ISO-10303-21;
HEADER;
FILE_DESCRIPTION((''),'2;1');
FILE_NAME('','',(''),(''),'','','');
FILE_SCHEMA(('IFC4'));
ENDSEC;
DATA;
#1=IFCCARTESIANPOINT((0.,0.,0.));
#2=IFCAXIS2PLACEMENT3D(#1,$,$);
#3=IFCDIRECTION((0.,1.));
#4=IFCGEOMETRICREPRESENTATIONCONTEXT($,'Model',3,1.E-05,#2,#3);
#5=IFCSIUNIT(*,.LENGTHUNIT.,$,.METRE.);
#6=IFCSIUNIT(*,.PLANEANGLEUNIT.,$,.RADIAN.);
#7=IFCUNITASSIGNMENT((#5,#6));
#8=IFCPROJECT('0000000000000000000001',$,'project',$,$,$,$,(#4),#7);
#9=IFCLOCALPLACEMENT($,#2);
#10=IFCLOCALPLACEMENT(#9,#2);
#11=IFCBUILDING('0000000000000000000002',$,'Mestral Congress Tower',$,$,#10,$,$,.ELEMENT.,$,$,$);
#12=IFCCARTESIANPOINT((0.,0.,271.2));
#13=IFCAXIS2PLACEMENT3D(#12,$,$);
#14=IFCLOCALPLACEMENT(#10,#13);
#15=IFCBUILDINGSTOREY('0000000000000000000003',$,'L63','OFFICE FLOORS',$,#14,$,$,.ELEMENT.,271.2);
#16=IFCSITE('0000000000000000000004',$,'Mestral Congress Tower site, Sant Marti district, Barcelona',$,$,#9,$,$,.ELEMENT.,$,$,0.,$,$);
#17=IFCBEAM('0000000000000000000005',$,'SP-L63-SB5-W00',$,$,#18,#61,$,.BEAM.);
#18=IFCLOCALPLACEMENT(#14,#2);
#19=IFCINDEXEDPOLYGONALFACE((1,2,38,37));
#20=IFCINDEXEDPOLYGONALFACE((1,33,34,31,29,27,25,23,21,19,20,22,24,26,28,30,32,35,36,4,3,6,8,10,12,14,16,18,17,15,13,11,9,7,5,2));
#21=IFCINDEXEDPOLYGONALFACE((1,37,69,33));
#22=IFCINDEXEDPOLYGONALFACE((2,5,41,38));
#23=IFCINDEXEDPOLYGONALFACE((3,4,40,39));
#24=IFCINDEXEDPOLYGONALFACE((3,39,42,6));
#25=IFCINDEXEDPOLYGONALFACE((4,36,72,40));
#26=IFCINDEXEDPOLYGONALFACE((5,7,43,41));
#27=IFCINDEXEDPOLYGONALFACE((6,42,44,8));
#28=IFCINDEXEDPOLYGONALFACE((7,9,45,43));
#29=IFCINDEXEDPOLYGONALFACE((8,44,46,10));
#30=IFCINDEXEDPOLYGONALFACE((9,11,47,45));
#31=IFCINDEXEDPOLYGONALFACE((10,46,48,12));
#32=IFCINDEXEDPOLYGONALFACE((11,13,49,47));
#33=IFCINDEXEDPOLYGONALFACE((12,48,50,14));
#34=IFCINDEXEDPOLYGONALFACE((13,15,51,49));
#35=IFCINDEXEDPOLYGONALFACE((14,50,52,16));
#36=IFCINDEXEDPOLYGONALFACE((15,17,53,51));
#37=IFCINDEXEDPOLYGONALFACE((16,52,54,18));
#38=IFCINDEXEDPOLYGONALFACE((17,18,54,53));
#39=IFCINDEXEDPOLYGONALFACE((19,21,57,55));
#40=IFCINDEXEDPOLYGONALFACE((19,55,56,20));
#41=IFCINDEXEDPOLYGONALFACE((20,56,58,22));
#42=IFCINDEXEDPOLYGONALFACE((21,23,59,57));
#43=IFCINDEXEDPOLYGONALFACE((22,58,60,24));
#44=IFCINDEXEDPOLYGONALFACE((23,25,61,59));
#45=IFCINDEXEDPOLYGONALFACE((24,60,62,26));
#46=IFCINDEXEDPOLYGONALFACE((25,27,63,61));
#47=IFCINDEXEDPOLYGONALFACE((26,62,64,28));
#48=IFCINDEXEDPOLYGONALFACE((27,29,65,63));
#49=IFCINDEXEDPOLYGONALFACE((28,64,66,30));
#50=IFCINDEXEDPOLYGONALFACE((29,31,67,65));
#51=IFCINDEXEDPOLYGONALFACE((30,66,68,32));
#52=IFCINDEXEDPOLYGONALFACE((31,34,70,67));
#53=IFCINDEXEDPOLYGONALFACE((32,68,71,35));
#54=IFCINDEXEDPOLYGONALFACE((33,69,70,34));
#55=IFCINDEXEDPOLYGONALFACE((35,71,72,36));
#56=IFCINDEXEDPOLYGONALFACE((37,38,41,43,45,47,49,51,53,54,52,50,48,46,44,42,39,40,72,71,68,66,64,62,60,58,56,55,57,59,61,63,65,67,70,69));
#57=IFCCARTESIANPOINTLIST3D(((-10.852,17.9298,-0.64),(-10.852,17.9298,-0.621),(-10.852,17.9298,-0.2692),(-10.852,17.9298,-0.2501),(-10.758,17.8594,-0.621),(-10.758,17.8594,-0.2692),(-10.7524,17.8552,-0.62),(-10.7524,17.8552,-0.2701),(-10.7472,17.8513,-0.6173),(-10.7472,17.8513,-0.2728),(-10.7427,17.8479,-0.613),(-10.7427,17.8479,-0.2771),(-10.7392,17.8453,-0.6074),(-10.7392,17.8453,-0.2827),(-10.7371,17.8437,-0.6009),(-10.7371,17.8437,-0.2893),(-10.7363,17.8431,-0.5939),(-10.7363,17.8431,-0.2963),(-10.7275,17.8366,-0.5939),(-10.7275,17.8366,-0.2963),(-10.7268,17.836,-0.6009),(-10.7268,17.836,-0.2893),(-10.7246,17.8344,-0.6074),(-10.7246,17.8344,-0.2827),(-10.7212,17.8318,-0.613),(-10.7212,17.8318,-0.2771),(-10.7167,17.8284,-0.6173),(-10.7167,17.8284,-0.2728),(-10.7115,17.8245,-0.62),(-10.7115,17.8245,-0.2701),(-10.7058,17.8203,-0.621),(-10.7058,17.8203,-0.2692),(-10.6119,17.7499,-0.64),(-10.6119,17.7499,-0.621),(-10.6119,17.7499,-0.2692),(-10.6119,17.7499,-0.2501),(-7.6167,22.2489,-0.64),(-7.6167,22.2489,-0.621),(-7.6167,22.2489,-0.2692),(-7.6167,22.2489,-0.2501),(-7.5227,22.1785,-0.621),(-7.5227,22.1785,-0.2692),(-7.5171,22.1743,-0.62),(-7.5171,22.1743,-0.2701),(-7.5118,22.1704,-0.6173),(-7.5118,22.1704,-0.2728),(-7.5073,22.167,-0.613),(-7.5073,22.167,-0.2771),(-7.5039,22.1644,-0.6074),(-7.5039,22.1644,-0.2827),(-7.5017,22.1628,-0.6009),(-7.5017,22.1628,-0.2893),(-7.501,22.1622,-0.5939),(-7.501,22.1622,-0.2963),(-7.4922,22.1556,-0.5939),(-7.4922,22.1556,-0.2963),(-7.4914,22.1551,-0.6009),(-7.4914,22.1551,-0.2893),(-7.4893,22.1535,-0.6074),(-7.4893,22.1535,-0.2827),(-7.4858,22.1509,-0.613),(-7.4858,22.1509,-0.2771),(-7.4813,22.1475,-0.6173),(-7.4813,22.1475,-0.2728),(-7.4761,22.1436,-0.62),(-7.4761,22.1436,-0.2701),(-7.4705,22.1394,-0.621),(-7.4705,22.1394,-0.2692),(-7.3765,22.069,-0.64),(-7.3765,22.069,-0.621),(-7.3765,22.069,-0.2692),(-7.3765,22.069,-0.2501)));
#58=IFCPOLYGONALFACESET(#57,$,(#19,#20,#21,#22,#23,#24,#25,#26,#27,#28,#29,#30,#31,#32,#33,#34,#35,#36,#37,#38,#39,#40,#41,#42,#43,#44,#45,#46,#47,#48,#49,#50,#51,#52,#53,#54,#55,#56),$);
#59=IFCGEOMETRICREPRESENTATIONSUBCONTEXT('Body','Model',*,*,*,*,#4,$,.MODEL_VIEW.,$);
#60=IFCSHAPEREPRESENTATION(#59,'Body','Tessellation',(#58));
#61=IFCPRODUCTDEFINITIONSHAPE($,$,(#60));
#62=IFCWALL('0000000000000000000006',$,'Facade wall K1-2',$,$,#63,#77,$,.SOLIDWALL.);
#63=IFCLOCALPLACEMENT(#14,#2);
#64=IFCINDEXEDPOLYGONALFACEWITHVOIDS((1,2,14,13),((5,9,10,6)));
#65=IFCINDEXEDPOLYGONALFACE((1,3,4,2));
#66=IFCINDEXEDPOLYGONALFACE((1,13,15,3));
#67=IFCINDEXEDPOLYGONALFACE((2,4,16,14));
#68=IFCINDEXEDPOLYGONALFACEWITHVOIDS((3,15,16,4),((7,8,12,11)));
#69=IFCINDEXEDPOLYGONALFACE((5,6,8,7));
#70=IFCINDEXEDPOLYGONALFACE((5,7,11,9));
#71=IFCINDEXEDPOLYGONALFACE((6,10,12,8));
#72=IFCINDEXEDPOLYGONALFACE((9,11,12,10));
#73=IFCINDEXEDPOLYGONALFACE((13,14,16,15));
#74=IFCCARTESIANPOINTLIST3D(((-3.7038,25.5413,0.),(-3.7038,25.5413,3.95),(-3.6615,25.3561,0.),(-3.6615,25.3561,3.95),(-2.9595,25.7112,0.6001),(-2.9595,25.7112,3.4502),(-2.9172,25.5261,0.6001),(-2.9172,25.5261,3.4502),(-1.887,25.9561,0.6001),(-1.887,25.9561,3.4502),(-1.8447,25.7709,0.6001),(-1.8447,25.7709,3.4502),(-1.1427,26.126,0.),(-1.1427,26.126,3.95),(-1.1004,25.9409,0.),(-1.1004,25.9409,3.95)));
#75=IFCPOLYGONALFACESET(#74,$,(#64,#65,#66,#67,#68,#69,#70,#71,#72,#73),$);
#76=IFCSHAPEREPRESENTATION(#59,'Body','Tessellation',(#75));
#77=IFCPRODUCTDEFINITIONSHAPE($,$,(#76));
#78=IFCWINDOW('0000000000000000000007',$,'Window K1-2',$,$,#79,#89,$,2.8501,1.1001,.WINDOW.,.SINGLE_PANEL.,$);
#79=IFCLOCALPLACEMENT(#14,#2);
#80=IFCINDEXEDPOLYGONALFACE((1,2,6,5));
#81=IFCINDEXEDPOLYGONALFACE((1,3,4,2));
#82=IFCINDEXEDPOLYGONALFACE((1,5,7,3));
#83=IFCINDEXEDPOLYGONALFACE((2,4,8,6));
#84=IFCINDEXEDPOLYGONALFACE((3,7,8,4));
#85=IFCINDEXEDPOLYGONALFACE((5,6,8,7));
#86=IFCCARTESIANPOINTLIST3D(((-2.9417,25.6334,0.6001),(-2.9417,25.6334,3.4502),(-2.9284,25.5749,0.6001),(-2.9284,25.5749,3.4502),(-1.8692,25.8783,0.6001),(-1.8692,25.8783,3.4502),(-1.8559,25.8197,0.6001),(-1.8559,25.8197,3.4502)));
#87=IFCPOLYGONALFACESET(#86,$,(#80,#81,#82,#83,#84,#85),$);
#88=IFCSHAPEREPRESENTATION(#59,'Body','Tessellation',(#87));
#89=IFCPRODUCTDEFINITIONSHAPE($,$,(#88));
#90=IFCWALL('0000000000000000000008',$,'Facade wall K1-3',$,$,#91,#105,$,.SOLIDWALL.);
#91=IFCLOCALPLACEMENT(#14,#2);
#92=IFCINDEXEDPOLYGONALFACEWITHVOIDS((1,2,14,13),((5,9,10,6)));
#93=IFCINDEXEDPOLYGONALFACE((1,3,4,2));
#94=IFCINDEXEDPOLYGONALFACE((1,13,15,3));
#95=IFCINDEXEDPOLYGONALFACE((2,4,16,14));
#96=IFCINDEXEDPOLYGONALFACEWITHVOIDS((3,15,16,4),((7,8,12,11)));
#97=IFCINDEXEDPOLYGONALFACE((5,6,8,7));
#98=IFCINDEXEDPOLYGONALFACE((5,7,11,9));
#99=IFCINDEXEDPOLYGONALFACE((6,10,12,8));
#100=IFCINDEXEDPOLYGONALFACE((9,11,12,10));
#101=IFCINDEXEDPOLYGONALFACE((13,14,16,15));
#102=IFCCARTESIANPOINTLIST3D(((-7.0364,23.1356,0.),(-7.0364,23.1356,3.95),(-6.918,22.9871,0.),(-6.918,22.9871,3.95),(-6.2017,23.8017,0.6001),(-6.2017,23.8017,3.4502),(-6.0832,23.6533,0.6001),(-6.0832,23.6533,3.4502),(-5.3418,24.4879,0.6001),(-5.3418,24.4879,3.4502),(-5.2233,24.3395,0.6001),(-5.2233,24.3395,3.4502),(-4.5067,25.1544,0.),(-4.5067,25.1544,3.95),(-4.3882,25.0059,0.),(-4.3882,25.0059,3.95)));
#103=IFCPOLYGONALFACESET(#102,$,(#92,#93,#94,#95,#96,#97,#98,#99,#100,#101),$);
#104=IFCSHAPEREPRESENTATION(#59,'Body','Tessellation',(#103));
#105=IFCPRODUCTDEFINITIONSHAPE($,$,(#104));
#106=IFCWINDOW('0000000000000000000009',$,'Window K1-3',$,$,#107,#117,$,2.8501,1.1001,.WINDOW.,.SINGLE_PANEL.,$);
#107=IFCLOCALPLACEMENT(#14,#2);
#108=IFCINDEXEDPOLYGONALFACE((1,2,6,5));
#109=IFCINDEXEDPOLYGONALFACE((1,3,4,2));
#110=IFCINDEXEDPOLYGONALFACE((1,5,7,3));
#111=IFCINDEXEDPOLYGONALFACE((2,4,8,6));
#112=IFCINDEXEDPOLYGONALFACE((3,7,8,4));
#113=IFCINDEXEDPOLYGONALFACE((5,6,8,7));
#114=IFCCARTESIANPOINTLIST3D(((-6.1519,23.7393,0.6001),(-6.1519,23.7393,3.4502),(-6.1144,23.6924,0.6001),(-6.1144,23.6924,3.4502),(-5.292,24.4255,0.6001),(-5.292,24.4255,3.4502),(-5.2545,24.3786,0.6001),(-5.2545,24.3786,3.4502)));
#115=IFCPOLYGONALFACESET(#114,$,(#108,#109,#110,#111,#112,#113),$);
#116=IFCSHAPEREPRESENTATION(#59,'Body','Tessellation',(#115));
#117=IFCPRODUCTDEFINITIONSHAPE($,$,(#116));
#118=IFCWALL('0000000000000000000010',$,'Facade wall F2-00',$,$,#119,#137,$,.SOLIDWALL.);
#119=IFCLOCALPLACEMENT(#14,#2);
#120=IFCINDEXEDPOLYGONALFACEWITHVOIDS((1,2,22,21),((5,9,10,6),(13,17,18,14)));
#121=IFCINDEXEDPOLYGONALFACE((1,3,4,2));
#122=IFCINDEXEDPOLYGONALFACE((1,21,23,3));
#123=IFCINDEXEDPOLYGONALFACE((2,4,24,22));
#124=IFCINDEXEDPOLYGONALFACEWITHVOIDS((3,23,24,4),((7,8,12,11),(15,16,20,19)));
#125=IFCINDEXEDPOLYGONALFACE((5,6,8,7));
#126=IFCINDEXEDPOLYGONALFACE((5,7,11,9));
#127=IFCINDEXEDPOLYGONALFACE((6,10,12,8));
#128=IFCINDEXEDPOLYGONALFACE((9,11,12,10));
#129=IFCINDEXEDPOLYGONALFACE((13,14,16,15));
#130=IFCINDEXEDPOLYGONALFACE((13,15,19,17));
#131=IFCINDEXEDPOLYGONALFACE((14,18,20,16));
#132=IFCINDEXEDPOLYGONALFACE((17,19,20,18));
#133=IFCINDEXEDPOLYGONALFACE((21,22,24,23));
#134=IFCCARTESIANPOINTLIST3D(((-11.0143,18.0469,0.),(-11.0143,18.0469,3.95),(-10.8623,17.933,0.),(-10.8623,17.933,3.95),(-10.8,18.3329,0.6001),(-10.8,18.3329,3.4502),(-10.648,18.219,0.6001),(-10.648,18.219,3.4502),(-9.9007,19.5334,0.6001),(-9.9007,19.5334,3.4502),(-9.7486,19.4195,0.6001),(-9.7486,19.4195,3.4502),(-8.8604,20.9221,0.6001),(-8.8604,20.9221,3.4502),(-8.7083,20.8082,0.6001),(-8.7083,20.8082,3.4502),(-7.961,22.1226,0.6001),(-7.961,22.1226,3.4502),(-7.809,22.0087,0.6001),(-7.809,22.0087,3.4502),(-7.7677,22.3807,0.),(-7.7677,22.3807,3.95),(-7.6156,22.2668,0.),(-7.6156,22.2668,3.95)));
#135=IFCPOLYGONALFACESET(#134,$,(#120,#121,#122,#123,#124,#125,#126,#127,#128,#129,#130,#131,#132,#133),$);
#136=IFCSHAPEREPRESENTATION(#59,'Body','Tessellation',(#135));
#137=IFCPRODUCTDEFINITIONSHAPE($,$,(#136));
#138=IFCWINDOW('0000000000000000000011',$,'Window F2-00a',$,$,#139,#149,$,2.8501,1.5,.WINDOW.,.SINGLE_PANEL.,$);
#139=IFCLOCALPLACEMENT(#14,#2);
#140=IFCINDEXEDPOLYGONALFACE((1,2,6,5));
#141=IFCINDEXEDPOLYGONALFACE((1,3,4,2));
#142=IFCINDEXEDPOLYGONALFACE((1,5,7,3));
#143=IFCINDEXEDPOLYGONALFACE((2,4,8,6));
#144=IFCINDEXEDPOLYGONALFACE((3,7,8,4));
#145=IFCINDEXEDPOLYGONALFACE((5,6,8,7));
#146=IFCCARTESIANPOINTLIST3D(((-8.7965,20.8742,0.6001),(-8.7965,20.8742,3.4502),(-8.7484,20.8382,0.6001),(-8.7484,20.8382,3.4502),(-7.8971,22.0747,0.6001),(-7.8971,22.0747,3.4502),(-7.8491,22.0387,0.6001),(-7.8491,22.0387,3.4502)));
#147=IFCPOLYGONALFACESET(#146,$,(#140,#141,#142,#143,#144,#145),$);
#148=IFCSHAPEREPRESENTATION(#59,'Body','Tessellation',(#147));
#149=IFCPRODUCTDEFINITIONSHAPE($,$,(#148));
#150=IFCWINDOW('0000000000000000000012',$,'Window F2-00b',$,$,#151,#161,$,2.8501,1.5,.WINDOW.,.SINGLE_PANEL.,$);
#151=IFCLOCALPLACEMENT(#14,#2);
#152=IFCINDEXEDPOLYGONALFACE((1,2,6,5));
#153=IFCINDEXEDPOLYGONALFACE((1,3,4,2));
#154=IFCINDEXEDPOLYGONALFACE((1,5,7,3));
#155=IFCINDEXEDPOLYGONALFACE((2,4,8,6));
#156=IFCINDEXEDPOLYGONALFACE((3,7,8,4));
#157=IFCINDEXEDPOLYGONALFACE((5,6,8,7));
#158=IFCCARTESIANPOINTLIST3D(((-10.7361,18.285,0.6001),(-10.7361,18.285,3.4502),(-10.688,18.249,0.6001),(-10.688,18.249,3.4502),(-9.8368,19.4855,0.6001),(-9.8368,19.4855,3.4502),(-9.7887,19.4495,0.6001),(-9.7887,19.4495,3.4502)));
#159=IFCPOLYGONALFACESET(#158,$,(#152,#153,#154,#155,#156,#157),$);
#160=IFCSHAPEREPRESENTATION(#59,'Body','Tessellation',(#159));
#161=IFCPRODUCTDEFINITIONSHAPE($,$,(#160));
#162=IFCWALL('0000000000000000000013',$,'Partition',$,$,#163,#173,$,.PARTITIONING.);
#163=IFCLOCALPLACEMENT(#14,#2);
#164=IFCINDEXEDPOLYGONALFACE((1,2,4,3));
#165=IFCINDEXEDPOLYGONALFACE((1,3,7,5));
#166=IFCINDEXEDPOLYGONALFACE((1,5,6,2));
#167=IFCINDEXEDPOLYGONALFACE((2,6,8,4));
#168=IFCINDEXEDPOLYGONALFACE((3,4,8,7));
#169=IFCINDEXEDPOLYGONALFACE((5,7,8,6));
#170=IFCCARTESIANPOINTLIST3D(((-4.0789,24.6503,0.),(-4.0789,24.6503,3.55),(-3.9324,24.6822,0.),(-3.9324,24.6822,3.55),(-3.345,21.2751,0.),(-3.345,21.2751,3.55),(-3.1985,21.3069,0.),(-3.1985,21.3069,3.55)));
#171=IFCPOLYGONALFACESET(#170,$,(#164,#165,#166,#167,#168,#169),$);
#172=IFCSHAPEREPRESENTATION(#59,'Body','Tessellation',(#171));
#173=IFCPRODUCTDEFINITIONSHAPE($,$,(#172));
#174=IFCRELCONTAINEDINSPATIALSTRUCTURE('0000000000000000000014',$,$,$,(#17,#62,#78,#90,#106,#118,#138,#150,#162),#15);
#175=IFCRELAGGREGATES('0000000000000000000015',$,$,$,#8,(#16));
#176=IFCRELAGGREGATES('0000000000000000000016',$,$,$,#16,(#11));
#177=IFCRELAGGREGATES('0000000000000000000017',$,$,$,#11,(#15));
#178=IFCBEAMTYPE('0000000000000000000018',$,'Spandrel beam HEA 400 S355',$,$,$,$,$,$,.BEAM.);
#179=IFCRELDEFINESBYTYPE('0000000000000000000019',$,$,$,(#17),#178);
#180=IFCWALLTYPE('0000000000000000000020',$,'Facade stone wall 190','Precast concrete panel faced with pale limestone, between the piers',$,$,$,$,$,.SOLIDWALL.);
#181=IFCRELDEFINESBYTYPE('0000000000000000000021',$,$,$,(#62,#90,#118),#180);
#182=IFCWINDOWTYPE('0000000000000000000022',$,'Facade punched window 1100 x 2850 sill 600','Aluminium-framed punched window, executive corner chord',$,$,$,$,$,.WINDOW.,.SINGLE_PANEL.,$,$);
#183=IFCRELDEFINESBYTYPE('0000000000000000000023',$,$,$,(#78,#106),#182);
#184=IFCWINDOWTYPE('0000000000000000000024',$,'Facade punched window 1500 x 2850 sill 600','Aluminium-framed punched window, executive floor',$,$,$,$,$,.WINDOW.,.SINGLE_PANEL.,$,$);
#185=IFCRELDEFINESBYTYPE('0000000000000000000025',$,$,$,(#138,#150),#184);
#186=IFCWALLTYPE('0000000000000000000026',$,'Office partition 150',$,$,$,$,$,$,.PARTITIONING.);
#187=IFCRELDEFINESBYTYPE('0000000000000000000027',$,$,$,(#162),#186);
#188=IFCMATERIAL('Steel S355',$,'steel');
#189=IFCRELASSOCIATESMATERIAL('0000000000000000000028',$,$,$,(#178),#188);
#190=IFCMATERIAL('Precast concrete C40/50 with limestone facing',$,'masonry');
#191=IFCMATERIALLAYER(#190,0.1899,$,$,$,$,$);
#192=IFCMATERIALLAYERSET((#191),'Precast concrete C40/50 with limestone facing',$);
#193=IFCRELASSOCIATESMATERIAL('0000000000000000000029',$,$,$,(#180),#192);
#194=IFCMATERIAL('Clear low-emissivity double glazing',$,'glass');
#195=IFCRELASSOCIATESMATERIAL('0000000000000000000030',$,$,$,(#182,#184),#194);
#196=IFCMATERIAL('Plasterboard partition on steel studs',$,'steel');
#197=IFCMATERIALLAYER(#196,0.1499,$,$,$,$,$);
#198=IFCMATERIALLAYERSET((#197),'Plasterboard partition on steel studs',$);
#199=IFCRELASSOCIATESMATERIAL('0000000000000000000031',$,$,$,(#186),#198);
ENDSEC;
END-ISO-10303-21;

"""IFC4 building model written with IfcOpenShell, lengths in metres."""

from ifc_helpers import new_model, si_unit, direction, frame, frame_2d, origin, origin_2d, place, context, subcontext, project, spatial, rectangle, i_section, extrude, material, layer, layer_set, material_profile, profile_set, type_object, element, fill, save


model = new_model("IFC4")

# Units and contexts
model_context = context("Model", 3, precision=1e-05, world=origin(), true_north=direction((0.0, 1.0)))
body_context = subcontext(model_context, "Body", "Model", "MODEL_VIEW")
ifc_project = project(units=[si_unit("LENGTHUNIT", "METRE"), si_unit("PLANEANGLEUNIT", "RADIAN")], contexts=[model_context])

# Site, building, storey
site_placement = place(None, origin())
site = spatial("IfcSite", under=ifc_project, at=site_placement, Name="Mestral Congress Tower site, Sant Marti district, Barcelona", CompositionType="ELEMENT", RefElevation=0.0)
building_placement = place(site_placement, origin())
building = spatial("IfcBuilding", under=site, at=building_placement, Name="Mestral Congress Tower", CompositionType="ELEMENT")
storey_placement = place(building_placement, frame((0.0, 0.0, 271.2)))
storey = spatial("IfcBuildingStorey", under=building, at=storey_placement, Name="L63", Description="OFFICE FLOORS", CompositionType="ELEMENT", Elevation=271.2)

# Beam
ifc_material_1 = material(Name="Steel S355", Category="steel")
ifc_material_profile_1 = material_profile(ifc_material_1, i_section(OverallWidth=0.3, OverallDepth=0.3899, WebThickness=0.011, FlangeThickness=0.019, FilletRadius=0.0271, at=origin_2d()), Name="HEA 400")
ifc_profile_set_1 = profile_set([ifc_material_profile_1], Name="Steel S355")
beam_type_1 = type_object("IfcBeamType", Name="Spandrel beam HEA 400 S355", PredefinedType="BEAM", material=ifc_profile_set_1)
beam_1_placement = place(storey_placement, frame((-7.4966, 22.1589, -0.4451), z_axis=(-0.599529, -0.800353, 0.0), x_axis=(0.800353, -0.599529, 0.0)))
element("IfcBeam", 1, at=beam_1_placement, inside=storey, type_object=beam_type_1, Name="SP-L63-SB5-W00", PredefinedType="BEAM", context=body_context, shape_type="SweptSolid", body=[
    extrude(i_section(OverallWidth=0.3, OverallDepth=0.3899, WebThickness=0.011, FlangeThickness=0.019, FilletRadius=0.0271, at=origin_2d()), origin(), (0.0, 0.0, 1.0), 5.3965),
])

# Walls, openings, windows
ifc_material_2 = material(Name="Precast concrete C40/50 with limestone facing", Category="masonry")
ifc_layer_1 = layer(ifc_material_2, 0.1899)
ifc_layer_set_1 = layer_set([ifc_layer_1], Name="Precast concrete C40/50 with limestone facing")
wall_type_1 = type_object("IfcWallType", Name="Facade stone wall 190", Description="Precast concrete panel faced with pale limestone, between the piers", PredefinedType="SOLIDWALL", material=ifc_layer_set_1)
wall_1_placement = place(storey_placement, frame((-1.1216, 26.0334, 0.0), z_axis=(0.0, 0.0, 1.0), x_axis=(-0.974913, -0.222585, 0.0)))
wall_1 = element("IfcWall", 2, at=wall_1_placement, inside=storey, type_object=wall_type_1, Name="Facade wall K1-2", PredefinedType="SOLIDWALL", context=body_context, shape_type="SweptSolid", body=[
    extrude(rectangle(XDim=2.627, YDim=0.1899, at=frame_2d((1.3135, 0.0))), origin(), (0.0, 0.0, 1.0), 3.95),
])
opening_1_placement = place(wall_1_placement, frame((0.7634, 0.0, 0.6001)))
opening_1 = element("IfcOpeningElement", 3, at=opening_1_placement, cuts=wall_1, PredefinedType="OPENING", context=body_context, shape_type="SweptSolid", body=[
    extrude(rectangle(XDim=1.1001, YDim=2.8501, at=frame_2d((0.55, 1.425))), frame((0.0, 0.105, 0.0), z_axis=(0.0, -1.0, 0.0), x_axis=(1.0, 0.0, 0.0)), (0.0, 0.0, 1.0), 0.21),
])
ifc_material_3 = material(Name="Clear low-emissivity double glazing", Category="glass")
window_type_1 = type_object("IfcWindowType", Name="Facade punched window 1100 x 2850 sill 600", Description="Aluminium-framed punched window, executive corner chord", PartitioningType="SINGLE_PANEL", PredefinedType="WINDOW", material=ifc_material_3)
window_1_placement = place(opening_1_placement, origin())
window_1 = element("IfcWindow", 4, at=window_1_placement, inside=storey, type_object=window_type_1, Name="Window K1-2", OverallHeight=2.8501, OverallWidth=1.1001, PartitioningType="SINGLE_PANEL", PredefinedType="WINDOW", context=body_context, shape_type="SweptSolid", body=[
    extrude(rectangle(XDim=1.1001, YDim=2.8501, at=frame_2d((0.55, 1.425))), frame((0.0, 0.0449, 0.0), z_axis=(0.0, -1.0, 0.0), x_axis=(1.0, 0.0, 0.0)), (0.0, 0.0, 1.0), 0.0601),
])
fill(opening_1, window_1)
wall_2_placement = place(storey_placement, frame((-4.4475, 25.0801, 0.0), z_axis=(0.0, 0.0, 1.0), x_axis=(-0.781626, -0.623747, 0.0)))
wall_2 = element("IfcWall", 5, at=wall_2_placement, inside=storey, type_object=wall_type_1, Name="Facade wall K1-3", PredefinedType="SOLIDWALL", context=body_context, shape_type="SweptSolid", body=[
    extrude(rectangle(XDim=3.2366, YDim=0.1899, at=frame_2d((1.6182, 0.0))), origin(), (0.0, 0.0, 1.0), 3.95),
])
opening_2_placement = place(wall_2_placement, frame((1.0684, 0.0, 0.6001)))
opening_2 = element("IfcOpeningElement", 6, at=opening_2_placement, cuts=wall_2, PredefinedType="OPENING", context=body_context, shape_type="SweptSolid", body=[
    extrude(rectangle(XDim=1.1001, YDim=2.8501, at=frame_2d((0.55, 1.425))), frame((0.0, 0.105, 0.0), z_axis=(0.0, -1.0, 0.0), x_axis=(1.0, 0.0, 0.0)), (0.0, 0.0, 1.0), 0.21),
])
window_2_placement = place(opening_2_placement, origin())
window_2 = element("IfcWindow", 7, at=window_2_placement, inside=storey, type_object=window_type_1, Name="Window K1-3", OverallHeight=2.8501, OverallWidth=1.1001, PartitioningType="SINGLE_PANEL", PredefinedType="WINDOW", context=body_context, shape_type="SweptSolid", body=[
    extrude(rectangle(XDim=1.1001, YDim=2.8501, at=frame_2d((0.55, 1.425))), frame((0.0, 0.0449, 0.0), z_axis=(0.0, -1.0, 0.0), x_axis=(1.0, 0.0, 0.0)), (0.0, 0.0, 1.0), 0.0601),
])
fill(opening_2, window_2)

# Wall, openings, windows
wall_3_placement = place(storey_placement, frame((-7.6917, 22.3237, 0.0), z_axis=(0.0, 0.0, 1.0), x_axis=(-0.59956, -0.80033, 0.0)))
wall_3 = element("IfcWall", 8, at=wall_3_placement, inside=storey, type_object=wall_type_1, Name="Facade wall F2-00", PredefinedType="SOLIDWALL", context=body_context, shape_type="SweptSolid", body=[
    extrude(rectangle(XDim=5.415, YDim=0.1899, at=frame_2d((2.7075, 0.0))), origin(), (0.0, 0.0, 1.0), 3.95),
])
opening_3_placement = place(wall_3_placement, frame((0.3225, 0.0, 0.6001)))
opening_3 = element("IfcOpeningElement", 9, at=opening_3_placement, cuts=wall_3, PredefinedType="OPENING", context=body_context, shape_type="SweptSolid", body=[
    extrude(rectangle(XDim=1.5, YDim=2.8501, at=frame_2d((0.75, 1.425))), frame((0.0, 0.105, 0.0), z_axis=(0.0, -1.0, 0.0), x_axis=(1.0, 0.0, 0.0)), (0.0, 0.0, 1.0), 0.21),
])
opening_4_placement = place(wall_3_placement, frame((3.5576, 0.0, 0.6001)))
opening_4 = element("IfcOpeningElement", 10, at=opening_4_placement, cuts=wall_3, PredefinedType="OPENING", context=body_context, shape_type="SweptSolid", body=[
    extrude(rectangle(XDim=1.5, YDim=2.8501, at=frame_2d((0.75, 1.425))), frame((0.0, 0.105, 0.0), z_axis=(0.0, -1.0, 0.0), x_axis=(1.0, 0.0, 0.0)), (0.0, 0.0, 1.0), 0.21),
])
window_type_2 = type_object("IfcWindowType", Name="Facade punched window 1500 x 2850 sill 600", Description="Aluminium-framed punched window, executive floor", PartitioningType="SINGLE_PANEL", PredefinedType="WINDOW", material=ifc_material_3)
window_3_placement = place(opening_3_placement, origin())
window_3 = element("IfcWindow", 11, at=window_3_placement, inside=storey, type_object=window_type_2, Name="Window F2-00a", OverallHeight=2.8501, OverallWidth=1.5, PartitioningType="SINGLE_PANEL", PredefinedType="WINDOW", context=body_context, shape_type="SweptSolid", body=[
    extrude(rectangle(XDim=1.5, YDim=2.8501, at=frame_2d((0.75, 1.425))), frame((0.0, 0.0449, 0.0), z_axis=(0.0, -1.0, 0.0), x_axis=(1.0, 0.0, 0.0)), (0.0, 0.0, 1.0), 0.0601),
])
fill(opening_3, window_3)
window_4_placement = place(opening_4_placement, origin())
window_4 = element("IfcWindow", 12, at=window_4_placement, inside=storey, type_object=window_type_2, Name="Window F2-00b", OverallHeight=2.8501, OverallWidth=1.5, PartitioningType="SINGLE_PANEL", PredefinedType="WINDOW", context=body_context, shape_type="SweptSolid", body=[
    extrude(rectangle(XDim=1.5, YDim=2.8501, at=frame_2d((0.75, 1.425))), frame((0.0, 0.0449, 0.0), z_axis=(0.0, -1.0, 0.0), x_axis=(1.0, 0.0, 0.0)), (0.0, 0.0, 1.0), 0.0601),
])
fill(opening_4, window_4)

# Wall
ifc_material_4 = material(Name="Plasterboard partition on steel studs", Category="steel")
ifc_layer_2 = layer(ifc_material_4, 0.1499)
ifc_layer_set_2 = layer_set([ifc_layer_2], Name="Plasterboard partition on steel studs")
wall_type_2 = type_object("IfcWallType", Name="Office partition 150", PredefinedType="PARTITIONING", material=ifc_layer_set_2)
wall_4_placement = place(storey_placement, frame((-3.2717, 21.291, 0.0), z_axis=(0.0, 0.0, 1.0), x_axis=(-0.212468, 0.977168, 0.0)))
element("IfcWall", 13, at=wall_4_placement, inside=storey, type_object=wall_type_2, Name="Partition", PredefinedType="PARTITIONING", context=body_context, shape_type="SweptSolid", body=[
    extrude(rectangle(XDim=3.4541, YDim=0.1499, at=frame_2d((1.7271, 0.0))), origin(), (0.0, 0.0, 1.0), 3.55),
])

save(model, "model.ifc")
